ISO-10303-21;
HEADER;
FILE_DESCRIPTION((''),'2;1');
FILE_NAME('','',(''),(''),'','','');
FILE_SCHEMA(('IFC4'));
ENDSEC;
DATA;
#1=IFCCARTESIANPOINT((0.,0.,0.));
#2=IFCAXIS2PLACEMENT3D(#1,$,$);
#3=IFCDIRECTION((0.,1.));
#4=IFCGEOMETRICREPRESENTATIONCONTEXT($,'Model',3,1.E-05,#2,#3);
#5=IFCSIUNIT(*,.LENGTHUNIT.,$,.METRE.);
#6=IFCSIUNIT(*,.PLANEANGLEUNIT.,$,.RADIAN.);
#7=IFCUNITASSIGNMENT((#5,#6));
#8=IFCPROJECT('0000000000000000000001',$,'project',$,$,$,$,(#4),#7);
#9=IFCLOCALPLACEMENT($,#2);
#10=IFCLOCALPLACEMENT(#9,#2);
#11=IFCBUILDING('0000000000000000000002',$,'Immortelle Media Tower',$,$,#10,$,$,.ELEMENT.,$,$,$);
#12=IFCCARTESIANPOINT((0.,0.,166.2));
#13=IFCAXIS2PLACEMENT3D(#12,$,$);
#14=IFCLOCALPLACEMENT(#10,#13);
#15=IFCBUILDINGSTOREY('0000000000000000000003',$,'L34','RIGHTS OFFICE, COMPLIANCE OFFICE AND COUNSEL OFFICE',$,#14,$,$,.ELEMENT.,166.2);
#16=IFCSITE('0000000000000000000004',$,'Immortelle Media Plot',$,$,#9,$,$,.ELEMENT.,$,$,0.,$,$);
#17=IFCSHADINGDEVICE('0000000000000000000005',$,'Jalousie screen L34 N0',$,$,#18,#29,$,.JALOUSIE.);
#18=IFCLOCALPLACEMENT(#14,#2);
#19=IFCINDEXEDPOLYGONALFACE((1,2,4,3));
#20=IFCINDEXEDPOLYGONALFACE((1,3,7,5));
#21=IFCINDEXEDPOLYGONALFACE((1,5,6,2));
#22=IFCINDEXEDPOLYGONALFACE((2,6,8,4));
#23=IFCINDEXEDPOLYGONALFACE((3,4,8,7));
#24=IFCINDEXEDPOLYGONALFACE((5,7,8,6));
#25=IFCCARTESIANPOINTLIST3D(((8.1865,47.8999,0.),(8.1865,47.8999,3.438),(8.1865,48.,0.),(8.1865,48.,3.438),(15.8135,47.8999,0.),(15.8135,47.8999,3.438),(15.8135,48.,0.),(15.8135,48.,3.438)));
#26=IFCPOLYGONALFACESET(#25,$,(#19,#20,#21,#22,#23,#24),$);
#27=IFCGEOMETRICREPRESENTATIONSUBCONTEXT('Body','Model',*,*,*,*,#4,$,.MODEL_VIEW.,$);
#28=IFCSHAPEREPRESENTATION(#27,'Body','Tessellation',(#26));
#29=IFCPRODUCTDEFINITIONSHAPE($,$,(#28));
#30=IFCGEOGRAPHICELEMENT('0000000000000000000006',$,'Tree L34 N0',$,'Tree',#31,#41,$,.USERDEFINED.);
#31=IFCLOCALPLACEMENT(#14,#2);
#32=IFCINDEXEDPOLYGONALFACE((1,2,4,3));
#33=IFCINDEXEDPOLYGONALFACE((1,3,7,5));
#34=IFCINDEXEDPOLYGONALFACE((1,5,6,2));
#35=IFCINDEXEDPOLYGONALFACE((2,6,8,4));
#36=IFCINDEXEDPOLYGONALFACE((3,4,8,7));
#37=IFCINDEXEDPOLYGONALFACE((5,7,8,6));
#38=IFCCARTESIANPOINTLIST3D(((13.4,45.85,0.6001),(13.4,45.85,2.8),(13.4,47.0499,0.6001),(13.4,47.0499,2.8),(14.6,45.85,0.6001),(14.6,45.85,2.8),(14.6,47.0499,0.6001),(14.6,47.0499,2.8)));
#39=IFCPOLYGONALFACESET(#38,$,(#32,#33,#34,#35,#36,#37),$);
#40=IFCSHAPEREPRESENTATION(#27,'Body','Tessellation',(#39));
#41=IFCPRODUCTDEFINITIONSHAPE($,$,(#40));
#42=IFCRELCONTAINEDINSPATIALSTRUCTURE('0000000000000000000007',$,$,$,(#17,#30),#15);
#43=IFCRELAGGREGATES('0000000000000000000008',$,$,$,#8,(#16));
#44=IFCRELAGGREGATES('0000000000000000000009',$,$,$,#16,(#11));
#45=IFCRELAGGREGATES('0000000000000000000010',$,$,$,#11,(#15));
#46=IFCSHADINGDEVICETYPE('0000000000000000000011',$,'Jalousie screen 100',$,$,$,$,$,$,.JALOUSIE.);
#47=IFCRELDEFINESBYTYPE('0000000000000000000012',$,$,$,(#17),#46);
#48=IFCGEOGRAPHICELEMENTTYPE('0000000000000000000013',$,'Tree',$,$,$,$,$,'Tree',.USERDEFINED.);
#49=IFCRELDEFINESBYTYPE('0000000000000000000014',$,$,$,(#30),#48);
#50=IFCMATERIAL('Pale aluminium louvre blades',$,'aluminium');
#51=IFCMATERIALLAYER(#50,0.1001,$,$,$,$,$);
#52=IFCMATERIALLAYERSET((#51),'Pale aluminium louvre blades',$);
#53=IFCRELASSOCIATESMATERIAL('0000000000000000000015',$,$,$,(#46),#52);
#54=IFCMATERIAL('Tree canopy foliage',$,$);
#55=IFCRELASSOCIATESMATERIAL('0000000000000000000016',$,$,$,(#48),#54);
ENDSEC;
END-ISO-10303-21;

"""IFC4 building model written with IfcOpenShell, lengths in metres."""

from ifc_helpers import new_model, si_unit, direction, frame, origin, origin_2d, place, context, subcontext, project, spatial, rectangle, extrude, material, layer, layer_set, type_object, element, save


model = new_model("IFC4")

# Units and contexts
model_context = context("Model", 3, precision=1e-05, world=origin(), true_north=direction((0.0, 1.0)))
body_context = subcontext(model_context, "Body", "Model", "MODEL_VIEW")
ifc_project = project(units=[si_unit("LENGTHUNIT", "METRE"), si_unit("PLANEANGLEUNIT", "RADIAN")], contexts=[model_context])

# Site, building, storey
site_placement = place(None, origin())
site = spatial("IfcSite", under=ifc_project, at=site_placement, Name="Immortelle Media Plot", CompositionType="ELEMENT", RefElevation=0.0)
building_placement = place(site_placement, origin())
building = spatial("IfcBuilding", under=site, at=building_placement, Name="Immortelle Media Tower", CompositionType="ELEMENT")
storey_placement = place(building_placement, frame((0.0, 0.0, 166.2)))
storey = spatial("IfcBuildingStorey", under=building, at=storey_placement, Name="L34", Description="RIGHTS OFFICE, COMPLIANCE OFFICE AND COUNSEL OFFICE", CompositionType="ELEMENT", Elevation=166.2)

# Shading device
ifc_material_1 = material(Name="Pale aluminium louvre blades", Category="aluminium")
ifc_layer_1 = layer(ifc_material_1, 0.1001)
ifc_layer_set_1 = layer_set([ifc_layer_1], Name="Pale aluminium louvre blades")
shading_device_type = type_object("IfcShadingDeviceType", Name="Jalousie screen 100", PredefinedType="JALOUSIE", material=ifc_layer_set_1)
shading_device_placement = place(storey_placement, frame((12.0, 47.95, 0.0), z_axis=(0.0, 0.0, 1.0), x_axis=(-1.0, 0.0, 0.0)))
element("IfcShadingDevice", 1, at=shading_device_placement, inside=storey, type_object=shading_device_type, Name="Jalousie screen L34 N0", PredefinedType="JALOUSIE", context=body_context, shape_type="SweptSolid", body=[
    extrude(rectangle(XDim=7.627, YDim=0.1001, at=origin_2d()), origin(), (0.0, 0.0, 1.0), 3.438),
])

# Geographic element
ifc_material_2 = material(Name="Tree canopy foliage")
geographic_element_type = type_object("IfcGeographicElementType", Name="Tree", ElementType="Tree", PredefinedType="USERDEFINED", material=ifc_material_2)
geographic_element_placement = place(storey_placement, frame((14.0, 46.45, 0.6001), z_axis=(0.0, 0.0, 1.0), x_axis=(1.0, 0.0, 0.0)))
element("IfcGeographicElement", 2, at=geographic_element_placement, inside=storey, type_object=geographic_element_type, Name="Tree L34 N0", ObjectType="Tree", PredefinedType="USERDEFINED", context=body_context, shape_type="SweptSolid", body=[
    extrude(rectangle(XDim=1.2, YDim=1.2, at=origin_2d()), origin(), (0.0, 0.0, 1.0), 2.2),
])

save(model, "model.ifc")
